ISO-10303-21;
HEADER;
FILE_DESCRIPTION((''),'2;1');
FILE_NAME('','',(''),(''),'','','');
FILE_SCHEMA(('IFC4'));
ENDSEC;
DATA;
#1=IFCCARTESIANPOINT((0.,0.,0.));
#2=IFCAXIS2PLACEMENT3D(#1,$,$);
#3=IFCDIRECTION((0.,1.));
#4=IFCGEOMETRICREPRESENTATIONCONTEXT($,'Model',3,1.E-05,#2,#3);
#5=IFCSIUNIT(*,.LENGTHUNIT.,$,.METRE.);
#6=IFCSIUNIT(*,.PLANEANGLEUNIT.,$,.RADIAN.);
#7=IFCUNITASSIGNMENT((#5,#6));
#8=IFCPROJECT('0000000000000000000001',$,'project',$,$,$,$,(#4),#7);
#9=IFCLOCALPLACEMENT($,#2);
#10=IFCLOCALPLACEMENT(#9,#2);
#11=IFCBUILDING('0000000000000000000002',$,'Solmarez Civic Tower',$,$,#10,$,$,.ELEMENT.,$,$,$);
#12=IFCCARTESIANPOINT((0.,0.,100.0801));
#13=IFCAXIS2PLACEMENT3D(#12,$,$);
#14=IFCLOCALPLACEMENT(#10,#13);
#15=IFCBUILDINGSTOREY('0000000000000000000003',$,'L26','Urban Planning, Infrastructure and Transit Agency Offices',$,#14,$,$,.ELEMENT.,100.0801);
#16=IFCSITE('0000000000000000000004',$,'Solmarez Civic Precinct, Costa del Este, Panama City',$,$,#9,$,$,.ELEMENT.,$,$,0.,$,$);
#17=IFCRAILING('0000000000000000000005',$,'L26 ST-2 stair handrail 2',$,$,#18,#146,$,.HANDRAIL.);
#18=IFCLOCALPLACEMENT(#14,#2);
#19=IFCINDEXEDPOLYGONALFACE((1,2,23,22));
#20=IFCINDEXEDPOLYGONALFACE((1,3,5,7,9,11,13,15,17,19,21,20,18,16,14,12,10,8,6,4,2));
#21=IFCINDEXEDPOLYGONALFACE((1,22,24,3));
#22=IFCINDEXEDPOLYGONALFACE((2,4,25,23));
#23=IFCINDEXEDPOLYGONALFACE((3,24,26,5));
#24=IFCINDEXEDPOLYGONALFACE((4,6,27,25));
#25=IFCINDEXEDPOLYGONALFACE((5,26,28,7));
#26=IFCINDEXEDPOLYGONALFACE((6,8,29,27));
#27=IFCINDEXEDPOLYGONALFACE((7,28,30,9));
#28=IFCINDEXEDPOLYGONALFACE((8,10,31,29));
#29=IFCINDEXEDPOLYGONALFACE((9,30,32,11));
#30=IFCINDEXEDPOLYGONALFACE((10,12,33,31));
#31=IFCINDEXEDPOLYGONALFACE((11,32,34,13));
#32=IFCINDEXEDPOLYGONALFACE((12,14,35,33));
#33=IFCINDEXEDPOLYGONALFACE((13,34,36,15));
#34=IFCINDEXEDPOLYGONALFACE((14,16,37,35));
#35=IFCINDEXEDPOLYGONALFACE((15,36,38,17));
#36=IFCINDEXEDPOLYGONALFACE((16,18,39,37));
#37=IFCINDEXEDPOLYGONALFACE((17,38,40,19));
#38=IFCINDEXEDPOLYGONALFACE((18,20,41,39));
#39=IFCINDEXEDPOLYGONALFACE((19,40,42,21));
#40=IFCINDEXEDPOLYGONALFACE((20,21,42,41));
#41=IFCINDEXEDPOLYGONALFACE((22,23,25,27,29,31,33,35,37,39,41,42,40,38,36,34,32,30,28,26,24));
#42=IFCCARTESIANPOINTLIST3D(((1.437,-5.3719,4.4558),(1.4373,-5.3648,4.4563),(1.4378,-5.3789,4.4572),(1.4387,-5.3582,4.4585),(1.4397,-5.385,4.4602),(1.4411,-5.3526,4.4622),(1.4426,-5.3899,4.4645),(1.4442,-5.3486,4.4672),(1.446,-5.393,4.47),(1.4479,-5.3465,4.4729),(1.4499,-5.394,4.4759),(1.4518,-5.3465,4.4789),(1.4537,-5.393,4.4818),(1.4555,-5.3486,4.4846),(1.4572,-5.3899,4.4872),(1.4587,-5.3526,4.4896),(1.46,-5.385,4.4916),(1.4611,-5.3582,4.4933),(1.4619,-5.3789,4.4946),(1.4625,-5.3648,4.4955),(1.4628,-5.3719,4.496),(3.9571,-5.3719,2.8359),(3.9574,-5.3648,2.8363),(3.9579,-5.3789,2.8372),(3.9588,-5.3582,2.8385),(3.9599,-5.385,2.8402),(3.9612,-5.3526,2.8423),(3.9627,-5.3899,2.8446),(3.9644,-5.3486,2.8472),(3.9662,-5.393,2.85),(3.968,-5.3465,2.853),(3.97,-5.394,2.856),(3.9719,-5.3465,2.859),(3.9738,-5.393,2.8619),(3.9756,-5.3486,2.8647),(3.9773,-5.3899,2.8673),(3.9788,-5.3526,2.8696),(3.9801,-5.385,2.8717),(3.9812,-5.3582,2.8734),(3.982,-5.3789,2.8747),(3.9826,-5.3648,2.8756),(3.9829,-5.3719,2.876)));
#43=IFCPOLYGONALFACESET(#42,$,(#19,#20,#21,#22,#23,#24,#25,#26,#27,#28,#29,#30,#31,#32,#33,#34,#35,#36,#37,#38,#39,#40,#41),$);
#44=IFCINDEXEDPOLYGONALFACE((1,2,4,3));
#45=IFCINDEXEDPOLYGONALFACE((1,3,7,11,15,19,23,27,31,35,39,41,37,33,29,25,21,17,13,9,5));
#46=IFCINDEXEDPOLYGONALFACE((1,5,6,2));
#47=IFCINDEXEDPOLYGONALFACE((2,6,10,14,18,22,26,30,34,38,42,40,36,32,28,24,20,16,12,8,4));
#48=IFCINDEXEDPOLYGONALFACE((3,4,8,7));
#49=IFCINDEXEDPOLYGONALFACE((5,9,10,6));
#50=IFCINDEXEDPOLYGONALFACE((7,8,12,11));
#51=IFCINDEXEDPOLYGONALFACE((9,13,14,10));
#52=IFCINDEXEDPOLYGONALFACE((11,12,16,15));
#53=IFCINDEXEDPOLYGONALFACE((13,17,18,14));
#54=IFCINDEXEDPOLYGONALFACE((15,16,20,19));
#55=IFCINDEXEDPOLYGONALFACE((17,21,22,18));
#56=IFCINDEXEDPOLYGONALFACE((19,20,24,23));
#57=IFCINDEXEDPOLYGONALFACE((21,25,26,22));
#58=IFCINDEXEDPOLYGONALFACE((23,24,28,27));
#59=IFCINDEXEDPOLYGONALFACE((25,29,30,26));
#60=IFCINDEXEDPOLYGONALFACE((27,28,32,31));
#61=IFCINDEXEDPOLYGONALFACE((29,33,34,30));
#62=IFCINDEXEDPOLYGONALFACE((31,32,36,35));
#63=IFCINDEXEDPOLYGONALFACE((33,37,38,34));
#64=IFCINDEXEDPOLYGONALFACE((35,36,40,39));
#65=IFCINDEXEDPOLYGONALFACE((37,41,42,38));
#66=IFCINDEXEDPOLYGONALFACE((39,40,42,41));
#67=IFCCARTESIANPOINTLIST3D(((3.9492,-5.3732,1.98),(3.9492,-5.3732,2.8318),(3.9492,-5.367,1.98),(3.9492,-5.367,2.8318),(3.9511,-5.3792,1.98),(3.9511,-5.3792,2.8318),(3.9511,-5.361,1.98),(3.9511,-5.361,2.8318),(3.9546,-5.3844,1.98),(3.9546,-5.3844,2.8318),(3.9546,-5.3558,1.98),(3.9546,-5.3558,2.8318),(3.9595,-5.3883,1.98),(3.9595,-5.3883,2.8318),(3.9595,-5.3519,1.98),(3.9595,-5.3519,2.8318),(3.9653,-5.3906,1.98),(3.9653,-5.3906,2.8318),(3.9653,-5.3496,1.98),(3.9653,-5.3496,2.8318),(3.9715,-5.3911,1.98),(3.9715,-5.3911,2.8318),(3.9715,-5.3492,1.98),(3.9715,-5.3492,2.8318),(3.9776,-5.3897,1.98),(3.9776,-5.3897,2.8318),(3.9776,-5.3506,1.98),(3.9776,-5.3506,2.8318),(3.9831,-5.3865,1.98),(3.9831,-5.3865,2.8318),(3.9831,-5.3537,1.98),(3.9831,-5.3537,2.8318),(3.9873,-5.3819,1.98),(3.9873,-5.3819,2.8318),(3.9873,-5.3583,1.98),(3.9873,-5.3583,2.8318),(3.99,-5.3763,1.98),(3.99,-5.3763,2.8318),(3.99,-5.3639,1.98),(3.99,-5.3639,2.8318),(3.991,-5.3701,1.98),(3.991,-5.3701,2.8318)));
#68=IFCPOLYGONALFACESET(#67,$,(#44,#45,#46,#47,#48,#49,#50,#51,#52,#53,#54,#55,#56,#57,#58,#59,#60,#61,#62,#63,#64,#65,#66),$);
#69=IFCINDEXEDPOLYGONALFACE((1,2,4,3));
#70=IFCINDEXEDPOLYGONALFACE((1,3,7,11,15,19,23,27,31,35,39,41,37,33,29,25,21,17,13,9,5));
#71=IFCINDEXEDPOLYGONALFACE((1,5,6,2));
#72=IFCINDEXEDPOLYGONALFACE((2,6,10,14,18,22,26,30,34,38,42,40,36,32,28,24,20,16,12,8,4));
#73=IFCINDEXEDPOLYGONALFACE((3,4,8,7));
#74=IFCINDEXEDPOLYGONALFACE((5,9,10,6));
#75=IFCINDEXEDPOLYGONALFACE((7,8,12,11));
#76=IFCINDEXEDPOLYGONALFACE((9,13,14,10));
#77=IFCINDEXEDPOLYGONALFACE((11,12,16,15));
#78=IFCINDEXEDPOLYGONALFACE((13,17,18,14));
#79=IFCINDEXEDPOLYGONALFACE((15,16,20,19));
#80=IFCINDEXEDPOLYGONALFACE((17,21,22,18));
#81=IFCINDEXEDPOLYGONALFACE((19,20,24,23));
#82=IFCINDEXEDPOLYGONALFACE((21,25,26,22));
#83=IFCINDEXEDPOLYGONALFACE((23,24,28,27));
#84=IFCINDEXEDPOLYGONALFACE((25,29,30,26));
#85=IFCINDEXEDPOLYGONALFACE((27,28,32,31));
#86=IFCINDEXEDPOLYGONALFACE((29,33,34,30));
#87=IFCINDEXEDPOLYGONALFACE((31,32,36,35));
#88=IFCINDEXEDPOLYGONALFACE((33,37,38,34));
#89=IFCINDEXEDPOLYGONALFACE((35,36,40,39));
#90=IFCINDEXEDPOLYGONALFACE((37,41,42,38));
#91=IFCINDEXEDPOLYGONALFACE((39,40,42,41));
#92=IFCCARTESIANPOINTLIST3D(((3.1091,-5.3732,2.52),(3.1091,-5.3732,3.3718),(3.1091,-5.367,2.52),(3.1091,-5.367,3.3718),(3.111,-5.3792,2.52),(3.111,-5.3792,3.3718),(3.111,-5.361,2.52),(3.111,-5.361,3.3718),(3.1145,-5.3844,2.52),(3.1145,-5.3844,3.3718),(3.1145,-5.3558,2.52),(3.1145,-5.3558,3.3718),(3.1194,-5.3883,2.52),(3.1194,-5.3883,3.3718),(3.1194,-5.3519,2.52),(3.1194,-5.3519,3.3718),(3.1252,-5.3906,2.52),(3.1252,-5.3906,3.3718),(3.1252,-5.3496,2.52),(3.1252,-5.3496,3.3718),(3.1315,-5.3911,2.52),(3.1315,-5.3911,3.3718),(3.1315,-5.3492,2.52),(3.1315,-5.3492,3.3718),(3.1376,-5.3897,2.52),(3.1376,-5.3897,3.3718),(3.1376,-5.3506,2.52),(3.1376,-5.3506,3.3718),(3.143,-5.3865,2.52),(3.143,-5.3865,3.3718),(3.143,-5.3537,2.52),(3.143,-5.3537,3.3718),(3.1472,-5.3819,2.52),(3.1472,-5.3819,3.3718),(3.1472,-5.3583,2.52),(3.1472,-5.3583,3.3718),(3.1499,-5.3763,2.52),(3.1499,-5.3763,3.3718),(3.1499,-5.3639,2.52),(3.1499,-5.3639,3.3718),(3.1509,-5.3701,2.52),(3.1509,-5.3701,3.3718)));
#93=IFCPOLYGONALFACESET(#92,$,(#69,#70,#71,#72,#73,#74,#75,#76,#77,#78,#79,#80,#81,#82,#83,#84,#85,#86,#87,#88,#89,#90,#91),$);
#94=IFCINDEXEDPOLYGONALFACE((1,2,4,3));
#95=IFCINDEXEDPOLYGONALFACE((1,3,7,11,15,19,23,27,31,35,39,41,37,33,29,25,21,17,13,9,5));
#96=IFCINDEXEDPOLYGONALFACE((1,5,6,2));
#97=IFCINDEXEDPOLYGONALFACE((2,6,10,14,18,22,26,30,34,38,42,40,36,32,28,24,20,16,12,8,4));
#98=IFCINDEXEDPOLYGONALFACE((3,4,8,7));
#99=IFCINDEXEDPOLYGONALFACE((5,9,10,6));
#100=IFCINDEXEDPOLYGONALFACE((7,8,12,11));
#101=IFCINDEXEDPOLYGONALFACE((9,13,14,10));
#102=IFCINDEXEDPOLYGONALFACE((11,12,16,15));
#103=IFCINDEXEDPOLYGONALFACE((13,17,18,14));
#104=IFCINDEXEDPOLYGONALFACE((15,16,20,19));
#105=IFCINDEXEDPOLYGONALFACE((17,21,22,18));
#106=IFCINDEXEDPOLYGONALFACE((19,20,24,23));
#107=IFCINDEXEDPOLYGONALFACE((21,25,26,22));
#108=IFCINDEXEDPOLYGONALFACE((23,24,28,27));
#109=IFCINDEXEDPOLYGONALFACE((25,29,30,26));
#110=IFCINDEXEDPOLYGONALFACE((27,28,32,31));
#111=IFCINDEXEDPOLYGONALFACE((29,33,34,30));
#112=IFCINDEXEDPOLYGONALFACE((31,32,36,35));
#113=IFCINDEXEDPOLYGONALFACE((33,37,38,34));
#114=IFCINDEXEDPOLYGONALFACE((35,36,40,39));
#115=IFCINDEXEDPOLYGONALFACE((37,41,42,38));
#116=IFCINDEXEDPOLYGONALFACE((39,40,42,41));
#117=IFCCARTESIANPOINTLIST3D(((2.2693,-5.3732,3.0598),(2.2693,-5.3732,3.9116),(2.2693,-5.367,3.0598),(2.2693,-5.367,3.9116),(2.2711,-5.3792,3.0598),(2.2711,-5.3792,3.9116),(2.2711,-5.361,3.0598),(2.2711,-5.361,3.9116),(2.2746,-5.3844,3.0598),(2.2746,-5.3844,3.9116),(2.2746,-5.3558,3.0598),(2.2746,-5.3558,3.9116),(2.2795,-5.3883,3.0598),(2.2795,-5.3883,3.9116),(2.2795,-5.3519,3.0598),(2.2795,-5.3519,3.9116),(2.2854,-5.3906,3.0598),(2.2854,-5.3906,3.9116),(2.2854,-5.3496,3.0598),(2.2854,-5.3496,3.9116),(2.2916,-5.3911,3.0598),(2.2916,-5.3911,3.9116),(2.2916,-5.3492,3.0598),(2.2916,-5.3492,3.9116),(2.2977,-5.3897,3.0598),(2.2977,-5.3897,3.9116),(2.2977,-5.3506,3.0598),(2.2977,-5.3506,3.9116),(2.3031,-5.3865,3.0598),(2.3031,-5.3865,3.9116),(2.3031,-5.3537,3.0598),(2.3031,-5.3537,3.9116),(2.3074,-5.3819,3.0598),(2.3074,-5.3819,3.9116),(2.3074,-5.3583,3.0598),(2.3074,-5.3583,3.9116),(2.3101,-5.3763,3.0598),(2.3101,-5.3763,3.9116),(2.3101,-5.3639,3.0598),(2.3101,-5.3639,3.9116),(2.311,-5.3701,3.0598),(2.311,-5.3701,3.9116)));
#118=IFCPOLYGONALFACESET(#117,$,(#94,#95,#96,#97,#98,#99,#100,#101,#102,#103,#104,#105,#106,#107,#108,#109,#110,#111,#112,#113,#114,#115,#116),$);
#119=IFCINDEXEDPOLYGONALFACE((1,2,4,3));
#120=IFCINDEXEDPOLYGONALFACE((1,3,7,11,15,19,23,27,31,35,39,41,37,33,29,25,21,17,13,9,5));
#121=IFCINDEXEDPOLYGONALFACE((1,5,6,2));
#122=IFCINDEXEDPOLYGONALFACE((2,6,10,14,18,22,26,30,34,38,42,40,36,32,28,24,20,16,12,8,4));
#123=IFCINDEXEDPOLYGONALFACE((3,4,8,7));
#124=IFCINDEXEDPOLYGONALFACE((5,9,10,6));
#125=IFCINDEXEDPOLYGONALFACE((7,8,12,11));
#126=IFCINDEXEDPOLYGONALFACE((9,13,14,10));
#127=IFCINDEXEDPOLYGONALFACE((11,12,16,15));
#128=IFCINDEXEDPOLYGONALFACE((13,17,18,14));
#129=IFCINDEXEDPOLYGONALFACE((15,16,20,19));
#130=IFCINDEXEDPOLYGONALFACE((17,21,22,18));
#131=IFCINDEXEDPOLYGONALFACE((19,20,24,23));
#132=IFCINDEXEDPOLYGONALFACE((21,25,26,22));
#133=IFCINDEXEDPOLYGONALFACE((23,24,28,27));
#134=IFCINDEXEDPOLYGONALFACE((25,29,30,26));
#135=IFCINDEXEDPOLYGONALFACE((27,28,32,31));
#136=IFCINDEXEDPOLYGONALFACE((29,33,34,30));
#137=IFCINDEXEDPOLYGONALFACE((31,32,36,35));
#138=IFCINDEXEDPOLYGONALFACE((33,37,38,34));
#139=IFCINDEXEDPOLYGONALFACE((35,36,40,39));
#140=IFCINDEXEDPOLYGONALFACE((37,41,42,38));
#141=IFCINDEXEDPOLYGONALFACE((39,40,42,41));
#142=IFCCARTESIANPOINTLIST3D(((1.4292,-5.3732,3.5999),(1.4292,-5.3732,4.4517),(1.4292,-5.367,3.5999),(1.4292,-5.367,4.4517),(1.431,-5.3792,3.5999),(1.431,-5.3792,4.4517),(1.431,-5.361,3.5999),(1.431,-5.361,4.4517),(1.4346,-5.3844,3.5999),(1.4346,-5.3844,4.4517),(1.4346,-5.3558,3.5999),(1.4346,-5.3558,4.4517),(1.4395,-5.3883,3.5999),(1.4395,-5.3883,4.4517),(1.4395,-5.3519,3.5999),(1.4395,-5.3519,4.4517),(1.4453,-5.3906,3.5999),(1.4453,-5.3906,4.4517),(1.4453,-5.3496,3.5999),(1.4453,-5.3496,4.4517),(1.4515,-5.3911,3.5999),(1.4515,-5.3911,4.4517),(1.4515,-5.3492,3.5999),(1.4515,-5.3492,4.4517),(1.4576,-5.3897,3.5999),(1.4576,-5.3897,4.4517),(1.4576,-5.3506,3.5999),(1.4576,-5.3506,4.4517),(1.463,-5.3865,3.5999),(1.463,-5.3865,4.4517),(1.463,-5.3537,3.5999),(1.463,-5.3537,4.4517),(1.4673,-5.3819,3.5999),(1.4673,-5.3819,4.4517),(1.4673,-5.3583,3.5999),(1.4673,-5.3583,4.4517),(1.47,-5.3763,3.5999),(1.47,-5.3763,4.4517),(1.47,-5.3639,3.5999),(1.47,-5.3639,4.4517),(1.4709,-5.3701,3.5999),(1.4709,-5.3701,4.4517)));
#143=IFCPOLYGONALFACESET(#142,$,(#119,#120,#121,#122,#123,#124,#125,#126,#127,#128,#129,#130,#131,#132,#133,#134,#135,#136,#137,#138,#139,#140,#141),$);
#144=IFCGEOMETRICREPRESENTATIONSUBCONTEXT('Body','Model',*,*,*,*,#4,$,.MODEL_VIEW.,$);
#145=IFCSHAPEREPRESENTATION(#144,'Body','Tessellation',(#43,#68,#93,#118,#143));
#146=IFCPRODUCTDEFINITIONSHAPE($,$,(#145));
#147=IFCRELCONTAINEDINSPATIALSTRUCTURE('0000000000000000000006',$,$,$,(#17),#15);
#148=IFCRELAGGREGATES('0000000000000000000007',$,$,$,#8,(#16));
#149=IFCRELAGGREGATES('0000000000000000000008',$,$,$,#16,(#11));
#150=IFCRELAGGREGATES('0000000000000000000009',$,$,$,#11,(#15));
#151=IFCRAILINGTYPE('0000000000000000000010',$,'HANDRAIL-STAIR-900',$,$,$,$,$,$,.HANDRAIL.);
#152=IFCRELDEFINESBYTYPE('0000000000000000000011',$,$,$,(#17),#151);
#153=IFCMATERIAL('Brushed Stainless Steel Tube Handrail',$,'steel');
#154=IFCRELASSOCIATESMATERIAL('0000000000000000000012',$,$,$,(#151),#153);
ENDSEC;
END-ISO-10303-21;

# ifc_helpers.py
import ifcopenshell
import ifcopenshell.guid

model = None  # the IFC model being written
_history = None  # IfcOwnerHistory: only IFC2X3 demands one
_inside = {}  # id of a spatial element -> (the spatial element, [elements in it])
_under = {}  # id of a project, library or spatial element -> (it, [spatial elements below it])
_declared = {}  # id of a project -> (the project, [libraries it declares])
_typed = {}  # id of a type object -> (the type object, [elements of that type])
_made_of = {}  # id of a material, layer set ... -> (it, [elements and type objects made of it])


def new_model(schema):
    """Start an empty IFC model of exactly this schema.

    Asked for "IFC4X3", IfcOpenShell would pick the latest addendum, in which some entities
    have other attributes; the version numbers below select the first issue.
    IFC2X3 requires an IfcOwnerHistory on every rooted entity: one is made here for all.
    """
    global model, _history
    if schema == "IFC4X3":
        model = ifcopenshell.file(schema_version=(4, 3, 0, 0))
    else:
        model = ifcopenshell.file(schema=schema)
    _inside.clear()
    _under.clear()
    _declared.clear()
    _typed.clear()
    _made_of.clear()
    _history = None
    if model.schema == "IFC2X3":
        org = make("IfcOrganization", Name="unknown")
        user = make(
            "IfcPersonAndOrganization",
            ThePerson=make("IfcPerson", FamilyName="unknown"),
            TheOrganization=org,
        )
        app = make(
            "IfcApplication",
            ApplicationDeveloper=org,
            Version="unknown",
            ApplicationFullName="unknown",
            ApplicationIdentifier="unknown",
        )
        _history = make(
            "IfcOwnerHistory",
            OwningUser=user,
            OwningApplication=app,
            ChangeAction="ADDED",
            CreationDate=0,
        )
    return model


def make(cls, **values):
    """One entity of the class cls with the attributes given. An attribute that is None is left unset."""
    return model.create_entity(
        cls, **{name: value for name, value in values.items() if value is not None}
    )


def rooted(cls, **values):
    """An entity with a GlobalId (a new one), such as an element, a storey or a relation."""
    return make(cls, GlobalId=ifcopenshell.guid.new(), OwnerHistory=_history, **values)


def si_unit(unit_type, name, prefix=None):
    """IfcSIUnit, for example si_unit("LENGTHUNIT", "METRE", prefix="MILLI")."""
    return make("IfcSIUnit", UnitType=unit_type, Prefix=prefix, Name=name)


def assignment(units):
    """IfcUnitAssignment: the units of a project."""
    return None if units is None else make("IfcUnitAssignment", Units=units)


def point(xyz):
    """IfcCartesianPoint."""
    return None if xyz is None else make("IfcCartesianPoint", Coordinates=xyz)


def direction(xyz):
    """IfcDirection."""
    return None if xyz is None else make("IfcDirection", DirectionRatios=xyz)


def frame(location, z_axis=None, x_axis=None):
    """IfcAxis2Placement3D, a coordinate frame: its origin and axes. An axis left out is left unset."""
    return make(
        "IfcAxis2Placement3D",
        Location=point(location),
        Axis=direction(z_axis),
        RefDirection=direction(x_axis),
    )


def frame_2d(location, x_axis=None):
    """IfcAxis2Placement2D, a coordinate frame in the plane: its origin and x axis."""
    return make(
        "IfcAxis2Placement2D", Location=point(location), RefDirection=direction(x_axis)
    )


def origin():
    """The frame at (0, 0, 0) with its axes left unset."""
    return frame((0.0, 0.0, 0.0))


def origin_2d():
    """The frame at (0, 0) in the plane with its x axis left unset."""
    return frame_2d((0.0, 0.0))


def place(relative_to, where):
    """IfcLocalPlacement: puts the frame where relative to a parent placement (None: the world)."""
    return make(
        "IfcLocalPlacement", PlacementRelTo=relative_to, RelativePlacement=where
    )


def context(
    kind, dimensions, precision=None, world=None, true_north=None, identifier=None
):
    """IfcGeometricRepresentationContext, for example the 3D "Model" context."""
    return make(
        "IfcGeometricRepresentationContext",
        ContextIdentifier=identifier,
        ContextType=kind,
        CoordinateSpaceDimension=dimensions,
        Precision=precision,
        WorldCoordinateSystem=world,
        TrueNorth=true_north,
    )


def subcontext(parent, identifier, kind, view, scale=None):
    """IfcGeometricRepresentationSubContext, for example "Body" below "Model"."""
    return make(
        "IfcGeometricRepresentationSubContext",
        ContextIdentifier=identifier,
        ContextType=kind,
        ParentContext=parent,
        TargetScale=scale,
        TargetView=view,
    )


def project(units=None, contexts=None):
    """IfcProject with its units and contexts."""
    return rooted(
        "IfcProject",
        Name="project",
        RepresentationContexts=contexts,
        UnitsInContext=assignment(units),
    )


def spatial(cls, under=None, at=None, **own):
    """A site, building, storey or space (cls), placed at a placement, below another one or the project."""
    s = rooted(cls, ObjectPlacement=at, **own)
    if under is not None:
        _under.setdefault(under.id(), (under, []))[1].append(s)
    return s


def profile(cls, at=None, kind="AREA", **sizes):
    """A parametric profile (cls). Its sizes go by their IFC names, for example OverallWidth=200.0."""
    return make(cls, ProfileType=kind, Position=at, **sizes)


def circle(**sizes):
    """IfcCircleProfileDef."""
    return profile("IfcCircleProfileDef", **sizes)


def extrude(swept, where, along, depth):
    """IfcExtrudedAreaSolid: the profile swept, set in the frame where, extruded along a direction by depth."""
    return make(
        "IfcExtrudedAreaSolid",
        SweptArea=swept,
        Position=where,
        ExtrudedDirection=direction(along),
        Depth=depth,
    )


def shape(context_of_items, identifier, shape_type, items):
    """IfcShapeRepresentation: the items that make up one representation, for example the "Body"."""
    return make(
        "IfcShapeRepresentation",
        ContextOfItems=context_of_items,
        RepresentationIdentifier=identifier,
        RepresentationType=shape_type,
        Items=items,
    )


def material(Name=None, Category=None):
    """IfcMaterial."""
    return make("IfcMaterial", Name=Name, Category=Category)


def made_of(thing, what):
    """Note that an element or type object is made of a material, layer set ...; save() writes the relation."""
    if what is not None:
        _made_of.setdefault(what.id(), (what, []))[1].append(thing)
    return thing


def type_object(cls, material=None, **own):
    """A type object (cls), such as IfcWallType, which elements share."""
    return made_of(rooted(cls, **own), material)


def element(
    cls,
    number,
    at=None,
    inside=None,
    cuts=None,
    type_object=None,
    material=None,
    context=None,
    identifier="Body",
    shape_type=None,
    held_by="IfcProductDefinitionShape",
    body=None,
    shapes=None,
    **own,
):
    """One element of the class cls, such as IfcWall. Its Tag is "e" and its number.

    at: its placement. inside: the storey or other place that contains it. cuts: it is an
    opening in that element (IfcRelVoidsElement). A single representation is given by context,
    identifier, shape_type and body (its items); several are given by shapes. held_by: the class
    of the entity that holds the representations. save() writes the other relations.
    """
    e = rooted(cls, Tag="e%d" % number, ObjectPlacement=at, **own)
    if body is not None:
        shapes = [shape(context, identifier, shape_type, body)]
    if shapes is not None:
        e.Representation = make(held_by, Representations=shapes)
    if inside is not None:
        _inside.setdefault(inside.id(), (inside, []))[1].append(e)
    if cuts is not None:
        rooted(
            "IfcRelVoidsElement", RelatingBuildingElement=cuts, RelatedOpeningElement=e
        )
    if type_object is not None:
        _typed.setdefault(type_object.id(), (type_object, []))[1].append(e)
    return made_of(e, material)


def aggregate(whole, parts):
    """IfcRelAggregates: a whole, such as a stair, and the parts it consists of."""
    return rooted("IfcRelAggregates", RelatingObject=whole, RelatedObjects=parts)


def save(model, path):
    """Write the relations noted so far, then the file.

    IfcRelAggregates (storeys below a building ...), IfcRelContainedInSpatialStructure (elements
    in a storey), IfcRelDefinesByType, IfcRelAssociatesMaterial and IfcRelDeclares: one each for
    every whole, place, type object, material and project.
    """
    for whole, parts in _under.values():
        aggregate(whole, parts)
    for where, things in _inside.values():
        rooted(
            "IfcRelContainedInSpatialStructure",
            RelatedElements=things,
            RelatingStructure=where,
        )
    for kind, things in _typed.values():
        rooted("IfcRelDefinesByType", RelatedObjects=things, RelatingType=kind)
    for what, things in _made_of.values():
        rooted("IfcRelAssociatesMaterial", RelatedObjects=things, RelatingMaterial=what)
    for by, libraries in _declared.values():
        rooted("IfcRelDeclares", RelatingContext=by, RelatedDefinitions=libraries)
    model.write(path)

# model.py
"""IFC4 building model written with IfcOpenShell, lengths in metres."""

from ifc_helpers import new_model, si_unit, direction, frame, origin, origin_2d, place, context, subcontext, project, spatial, circle, extrude, material, type_object, element, save


model = new_model("IFC4")

# Units and contexts
model_context = context("Model", 3, precision=1e-05, world=origin(), true_north=direction((0.0, 1.0)))
body_context = subcontext(model_context, "Body", "Model", "MODEL_VIEW")
ifc_project = project(units=[si_unit("LENGTHUNIT", "METRE"), si_unit("PLANEANGLEUNIT", "RADIAN")], contexts=[model_context])

# Site, building, storey
site_placement = place(None, origin())
site = spatial("IfcSite", under=ifc_project, at=site_placement, Name="Solmarez Civic Precinct, Costa del Este, Panama City", CompositionType="ELEMENT", RefElevation=0.0)
building_placement = place(site_placement, origin())
building = spatial("IfcBuilding", under=site, at=building_placement, Name="Solmarez Civic Tower", CompositionType="ELEMENT")
storey_placement = place(building_placement, frame((0.0, 0.0, 100.0801)))
storey = spatial("IfcBuildingStorey", under=building, at=storey_placement, Name="L26", Description="Urban Planning, Infrastructure and Transit Agency Offices", CompositionType="ELEMENT", Elevation=100.0801)

# Railing
ifc_material_1 = material(Name="Brushed Stainless Steel Tube Handrail", Category="steel")
railing_type_1 = type_object("IfcRailingType", Name="HANDRAIL-STAIR-900", PredefinedType="HANDRAIL", material=ifc_material_1)
railing_1_placement = place(storey_placement, frame((3.97, -5.3701, 1.98)))
element("IfcRailing", 1, at=railing_1_placement, inside=storey, type_object=railing_type_1, Name="L26 ST-2 stair handrail 2", PredefinedType="HANDRAIL", context=body_context, shape_type="SweptSolid", body=[
    extrude(circle(Radius=0.0239, at=origin_2d()), frame((0.0, 0.0, 0.876), z_axis=(-0.8412, 0.0, 0.540725), x_axis=(0.0, -1.0, 0.0)), (0.0, 0.0, 1.0), 2.9958),
    extrude(circle(Radius=0.021, at=origin_2d()), origin(), (0.0, 0.0, 1.0), 0.8518),
    extrude(circle(Radius=0.021, at=origin_2d()), frame((-0.8401, 0.0, 0.54)), (0.0, 0.0, 1.0), 0.8518),
    extrude(circle(Radius=0.021, at=origin_2d()), frame((-1.6799, 0.0, 1.0798)), (0.0, 0.0, 1.0), 0.8518),
    extrude(circle(Radius=0.021, at=origin_2d()), frame((-2.52, 0.0, 1.6199)), (0.0, 0.0, 1.0), 0.8518),
])

save(model, "model.ifc")
